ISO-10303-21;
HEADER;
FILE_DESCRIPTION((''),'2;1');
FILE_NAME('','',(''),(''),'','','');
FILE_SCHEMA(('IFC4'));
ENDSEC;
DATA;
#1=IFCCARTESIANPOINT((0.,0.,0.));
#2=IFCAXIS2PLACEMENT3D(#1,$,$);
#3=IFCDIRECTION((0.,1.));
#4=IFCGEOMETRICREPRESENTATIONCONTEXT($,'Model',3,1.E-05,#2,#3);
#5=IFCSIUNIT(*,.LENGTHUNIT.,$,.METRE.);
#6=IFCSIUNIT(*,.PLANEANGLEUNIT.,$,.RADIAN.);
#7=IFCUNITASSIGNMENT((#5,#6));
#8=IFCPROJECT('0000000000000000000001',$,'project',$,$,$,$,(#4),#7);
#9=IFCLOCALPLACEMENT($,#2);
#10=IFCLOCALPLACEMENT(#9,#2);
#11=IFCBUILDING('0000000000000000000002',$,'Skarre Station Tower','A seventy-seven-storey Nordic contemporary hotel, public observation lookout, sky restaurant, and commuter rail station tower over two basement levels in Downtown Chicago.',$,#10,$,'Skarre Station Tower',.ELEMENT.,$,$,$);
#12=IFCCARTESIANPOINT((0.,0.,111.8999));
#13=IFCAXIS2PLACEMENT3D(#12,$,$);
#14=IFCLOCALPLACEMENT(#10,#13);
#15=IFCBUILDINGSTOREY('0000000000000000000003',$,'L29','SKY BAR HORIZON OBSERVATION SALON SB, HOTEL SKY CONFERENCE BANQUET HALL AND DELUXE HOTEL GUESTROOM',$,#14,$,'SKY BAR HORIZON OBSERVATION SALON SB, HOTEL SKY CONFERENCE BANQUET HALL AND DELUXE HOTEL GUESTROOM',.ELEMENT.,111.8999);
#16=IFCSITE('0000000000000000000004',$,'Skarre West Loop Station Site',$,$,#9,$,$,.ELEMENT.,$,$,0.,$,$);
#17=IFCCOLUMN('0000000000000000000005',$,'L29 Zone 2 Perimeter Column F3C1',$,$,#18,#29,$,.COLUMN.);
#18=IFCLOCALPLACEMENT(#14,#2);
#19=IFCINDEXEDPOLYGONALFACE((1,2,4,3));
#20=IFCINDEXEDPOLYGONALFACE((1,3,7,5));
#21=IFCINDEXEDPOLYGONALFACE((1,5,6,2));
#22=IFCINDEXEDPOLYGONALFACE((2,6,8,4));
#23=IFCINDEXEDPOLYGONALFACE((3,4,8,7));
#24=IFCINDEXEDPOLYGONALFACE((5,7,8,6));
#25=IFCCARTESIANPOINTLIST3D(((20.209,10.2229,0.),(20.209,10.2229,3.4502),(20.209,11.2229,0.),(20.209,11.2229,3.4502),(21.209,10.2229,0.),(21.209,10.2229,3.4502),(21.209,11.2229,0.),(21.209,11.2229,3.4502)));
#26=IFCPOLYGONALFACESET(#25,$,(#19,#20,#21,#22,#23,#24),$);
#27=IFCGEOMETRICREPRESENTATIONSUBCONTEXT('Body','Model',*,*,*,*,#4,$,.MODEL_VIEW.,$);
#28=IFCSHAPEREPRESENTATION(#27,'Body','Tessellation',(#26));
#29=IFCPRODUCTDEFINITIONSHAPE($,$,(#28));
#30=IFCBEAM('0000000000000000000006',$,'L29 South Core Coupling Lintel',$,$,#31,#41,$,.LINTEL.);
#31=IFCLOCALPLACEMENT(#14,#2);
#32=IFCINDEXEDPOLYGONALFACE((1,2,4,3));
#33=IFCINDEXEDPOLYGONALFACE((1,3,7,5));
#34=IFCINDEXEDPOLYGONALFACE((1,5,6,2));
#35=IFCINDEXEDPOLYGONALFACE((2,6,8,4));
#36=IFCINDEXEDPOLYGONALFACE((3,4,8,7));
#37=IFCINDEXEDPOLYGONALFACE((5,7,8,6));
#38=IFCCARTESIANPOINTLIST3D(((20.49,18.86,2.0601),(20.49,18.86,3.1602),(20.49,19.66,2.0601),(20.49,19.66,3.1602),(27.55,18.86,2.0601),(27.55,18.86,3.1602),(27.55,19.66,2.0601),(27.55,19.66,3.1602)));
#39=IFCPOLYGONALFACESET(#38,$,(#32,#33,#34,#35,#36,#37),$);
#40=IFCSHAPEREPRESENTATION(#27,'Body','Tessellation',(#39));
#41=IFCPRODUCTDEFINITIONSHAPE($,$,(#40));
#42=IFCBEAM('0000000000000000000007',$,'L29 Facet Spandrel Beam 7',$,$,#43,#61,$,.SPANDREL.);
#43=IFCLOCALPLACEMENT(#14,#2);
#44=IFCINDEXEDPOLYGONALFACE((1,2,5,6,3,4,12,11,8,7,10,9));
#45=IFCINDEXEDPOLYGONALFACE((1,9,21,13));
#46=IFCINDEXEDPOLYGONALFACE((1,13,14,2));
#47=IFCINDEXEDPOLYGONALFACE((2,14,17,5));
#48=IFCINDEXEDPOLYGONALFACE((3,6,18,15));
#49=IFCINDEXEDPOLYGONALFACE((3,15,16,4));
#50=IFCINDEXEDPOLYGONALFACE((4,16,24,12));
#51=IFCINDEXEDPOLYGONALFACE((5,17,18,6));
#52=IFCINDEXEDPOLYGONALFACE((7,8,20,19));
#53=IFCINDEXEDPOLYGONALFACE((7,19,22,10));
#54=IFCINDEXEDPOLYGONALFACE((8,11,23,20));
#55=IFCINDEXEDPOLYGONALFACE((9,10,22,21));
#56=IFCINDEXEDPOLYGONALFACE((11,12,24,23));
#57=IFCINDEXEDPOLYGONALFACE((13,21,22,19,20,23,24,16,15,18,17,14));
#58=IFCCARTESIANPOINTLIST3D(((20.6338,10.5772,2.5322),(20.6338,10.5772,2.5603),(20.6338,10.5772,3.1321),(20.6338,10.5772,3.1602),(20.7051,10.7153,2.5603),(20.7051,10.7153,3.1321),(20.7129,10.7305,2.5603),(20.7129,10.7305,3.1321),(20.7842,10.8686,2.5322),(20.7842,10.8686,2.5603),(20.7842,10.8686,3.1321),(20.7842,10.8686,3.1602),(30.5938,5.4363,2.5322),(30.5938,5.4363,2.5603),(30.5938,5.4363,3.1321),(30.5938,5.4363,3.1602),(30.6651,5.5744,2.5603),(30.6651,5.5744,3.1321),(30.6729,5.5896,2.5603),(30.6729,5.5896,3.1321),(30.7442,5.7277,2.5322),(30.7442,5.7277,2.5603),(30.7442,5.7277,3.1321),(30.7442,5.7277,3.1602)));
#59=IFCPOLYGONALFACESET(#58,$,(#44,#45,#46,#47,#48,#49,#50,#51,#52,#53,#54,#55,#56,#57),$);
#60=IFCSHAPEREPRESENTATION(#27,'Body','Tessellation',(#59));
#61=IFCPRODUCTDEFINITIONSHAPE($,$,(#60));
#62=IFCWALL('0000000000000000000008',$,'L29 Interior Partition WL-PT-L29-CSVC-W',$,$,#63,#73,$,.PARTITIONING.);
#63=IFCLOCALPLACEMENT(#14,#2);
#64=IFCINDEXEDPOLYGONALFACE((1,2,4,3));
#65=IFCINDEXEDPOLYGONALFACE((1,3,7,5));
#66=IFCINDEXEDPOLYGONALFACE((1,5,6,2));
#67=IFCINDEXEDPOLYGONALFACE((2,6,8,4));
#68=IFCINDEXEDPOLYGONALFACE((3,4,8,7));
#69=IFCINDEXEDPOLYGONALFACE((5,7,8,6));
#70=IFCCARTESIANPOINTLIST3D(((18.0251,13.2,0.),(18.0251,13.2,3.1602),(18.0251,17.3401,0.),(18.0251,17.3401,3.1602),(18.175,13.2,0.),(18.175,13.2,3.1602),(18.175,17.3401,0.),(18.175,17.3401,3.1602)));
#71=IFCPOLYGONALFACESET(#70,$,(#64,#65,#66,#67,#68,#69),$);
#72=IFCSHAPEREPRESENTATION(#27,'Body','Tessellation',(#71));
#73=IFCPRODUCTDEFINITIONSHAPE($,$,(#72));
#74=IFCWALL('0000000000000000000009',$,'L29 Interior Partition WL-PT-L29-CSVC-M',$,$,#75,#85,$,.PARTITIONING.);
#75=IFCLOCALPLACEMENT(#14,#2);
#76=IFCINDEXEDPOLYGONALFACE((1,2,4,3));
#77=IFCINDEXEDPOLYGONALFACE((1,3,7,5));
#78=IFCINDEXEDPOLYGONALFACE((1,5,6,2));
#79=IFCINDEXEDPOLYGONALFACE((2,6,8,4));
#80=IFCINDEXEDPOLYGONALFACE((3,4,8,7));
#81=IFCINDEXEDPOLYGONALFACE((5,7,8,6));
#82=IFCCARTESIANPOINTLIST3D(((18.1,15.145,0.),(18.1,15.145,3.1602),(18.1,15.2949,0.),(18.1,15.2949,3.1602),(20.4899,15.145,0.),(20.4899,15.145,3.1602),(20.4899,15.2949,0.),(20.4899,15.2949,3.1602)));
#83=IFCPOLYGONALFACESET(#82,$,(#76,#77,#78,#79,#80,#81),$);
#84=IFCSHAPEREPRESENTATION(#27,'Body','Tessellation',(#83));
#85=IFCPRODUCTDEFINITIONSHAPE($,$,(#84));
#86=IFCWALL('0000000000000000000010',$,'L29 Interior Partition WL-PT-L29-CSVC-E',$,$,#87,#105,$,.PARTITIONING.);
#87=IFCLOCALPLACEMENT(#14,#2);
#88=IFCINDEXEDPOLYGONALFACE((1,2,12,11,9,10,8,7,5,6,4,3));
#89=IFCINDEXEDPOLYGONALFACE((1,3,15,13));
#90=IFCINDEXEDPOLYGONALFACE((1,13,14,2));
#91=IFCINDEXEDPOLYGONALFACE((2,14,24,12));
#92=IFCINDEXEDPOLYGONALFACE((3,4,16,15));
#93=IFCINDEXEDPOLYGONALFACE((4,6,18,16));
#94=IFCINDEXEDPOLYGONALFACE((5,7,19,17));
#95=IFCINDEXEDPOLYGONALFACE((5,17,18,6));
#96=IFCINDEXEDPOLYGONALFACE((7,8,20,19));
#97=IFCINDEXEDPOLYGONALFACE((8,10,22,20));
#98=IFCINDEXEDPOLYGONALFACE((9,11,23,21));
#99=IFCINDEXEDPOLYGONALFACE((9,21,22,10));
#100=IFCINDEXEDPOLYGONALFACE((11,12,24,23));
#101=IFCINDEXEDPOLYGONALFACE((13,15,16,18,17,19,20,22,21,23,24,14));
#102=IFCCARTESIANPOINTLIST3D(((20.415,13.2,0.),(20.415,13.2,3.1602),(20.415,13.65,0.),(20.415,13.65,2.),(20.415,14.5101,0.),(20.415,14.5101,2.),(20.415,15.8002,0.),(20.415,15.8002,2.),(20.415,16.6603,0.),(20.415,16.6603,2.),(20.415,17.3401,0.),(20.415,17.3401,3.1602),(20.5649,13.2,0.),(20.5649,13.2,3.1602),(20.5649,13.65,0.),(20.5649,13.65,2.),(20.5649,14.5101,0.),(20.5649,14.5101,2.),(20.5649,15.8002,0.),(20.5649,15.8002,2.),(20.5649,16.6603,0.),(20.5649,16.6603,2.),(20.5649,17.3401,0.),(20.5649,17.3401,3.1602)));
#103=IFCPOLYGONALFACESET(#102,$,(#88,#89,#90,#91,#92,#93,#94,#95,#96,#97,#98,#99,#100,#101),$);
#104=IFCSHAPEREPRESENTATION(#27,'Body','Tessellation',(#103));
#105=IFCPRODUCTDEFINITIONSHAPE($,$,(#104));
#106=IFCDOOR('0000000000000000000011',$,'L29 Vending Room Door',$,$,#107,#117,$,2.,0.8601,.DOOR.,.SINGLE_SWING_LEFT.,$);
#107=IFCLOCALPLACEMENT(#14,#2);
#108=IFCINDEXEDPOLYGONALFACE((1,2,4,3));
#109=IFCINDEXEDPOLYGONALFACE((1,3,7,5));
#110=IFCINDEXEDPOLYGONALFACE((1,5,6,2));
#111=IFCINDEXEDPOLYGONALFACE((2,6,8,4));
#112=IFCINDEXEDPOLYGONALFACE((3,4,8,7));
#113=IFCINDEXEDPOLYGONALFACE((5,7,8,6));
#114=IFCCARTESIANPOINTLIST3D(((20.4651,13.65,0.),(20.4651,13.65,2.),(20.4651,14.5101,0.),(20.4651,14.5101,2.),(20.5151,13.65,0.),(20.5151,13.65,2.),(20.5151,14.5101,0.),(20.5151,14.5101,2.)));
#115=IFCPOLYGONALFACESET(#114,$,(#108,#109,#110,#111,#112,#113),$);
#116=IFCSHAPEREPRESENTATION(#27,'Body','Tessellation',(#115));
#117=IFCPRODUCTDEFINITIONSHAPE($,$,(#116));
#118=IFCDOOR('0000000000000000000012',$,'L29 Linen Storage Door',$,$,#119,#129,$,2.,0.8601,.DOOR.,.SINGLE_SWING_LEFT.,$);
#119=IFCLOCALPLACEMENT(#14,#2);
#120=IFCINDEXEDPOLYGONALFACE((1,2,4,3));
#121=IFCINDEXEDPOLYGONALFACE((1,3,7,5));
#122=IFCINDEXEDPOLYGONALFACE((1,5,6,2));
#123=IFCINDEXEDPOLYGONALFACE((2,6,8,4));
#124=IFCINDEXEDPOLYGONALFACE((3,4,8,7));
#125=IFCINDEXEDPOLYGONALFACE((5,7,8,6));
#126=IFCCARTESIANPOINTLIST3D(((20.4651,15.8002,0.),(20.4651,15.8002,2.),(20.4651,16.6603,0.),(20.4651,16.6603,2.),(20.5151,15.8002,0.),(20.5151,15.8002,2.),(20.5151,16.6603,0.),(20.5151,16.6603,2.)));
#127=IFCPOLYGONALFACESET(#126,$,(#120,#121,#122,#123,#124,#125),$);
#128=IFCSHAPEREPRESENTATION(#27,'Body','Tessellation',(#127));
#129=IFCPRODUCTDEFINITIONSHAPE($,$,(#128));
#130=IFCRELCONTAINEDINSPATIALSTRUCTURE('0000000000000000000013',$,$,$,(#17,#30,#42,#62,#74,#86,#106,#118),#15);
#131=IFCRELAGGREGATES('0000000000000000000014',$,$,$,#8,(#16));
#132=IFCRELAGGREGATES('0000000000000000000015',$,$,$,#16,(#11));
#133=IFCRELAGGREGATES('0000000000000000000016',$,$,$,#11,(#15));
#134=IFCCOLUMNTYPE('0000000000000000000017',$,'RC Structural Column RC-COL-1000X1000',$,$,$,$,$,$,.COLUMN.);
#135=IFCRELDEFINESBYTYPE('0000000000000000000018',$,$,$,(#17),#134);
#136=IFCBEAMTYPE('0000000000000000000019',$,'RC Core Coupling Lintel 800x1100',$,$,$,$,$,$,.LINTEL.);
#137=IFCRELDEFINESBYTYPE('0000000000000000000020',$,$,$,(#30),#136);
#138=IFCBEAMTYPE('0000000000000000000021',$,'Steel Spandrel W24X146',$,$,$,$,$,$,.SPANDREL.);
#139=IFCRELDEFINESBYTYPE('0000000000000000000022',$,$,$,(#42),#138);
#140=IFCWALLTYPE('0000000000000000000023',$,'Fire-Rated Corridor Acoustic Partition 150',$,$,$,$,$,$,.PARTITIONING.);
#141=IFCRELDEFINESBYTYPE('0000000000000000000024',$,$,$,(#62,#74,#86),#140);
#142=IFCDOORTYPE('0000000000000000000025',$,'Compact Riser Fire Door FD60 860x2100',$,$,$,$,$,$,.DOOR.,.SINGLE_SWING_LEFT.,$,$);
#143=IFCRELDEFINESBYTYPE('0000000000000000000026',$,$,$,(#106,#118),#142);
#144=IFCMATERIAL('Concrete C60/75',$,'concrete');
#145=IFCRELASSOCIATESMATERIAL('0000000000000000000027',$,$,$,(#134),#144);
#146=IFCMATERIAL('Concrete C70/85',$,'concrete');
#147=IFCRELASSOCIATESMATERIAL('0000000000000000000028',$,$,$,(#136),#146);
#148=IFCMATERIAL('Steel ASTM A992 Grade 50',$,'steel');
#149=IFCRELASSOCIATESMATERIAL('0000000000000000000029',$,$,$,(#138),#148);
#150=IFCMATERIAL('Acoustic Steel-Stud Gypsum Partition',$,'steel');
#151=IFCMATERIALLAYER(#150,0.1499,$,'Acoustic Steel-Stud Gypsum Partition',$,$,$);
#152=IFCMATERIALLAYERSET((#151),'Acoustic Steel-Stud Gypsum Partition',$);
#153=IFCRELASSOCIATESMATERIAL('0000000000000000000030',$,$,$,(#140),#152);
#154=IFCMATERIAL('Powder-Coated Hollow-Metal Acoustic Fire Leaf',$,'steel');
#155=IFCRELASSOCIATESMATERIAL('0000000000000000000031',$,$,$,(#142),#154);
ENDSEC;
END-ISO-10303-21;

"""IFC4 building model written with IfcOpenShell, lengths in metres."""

from ifc_helpers import new_model, si_unit, direction, frame, frame_2d, origin, origin_2d, place, context, subcontext, project, spatial, rectangle, i_section, extrude, material, layer, layer_set, material_profile, profile_set, type_object, element, fill, save


model = new_model("IFC4")

# Units and contexts
model_context = context("Model", 3, precision=1e-05, world=origin(), true_north=direction((0.0, 1.0)))
body_context = subcontext(model_context, "Body", "Model", "MODEL_VIEW")
ifc_project = project(units=[si_unit("LENGTHUNIT", "METRE"), si_unit("PLANEANGLEUNIT", "RADIAN")], contexts=[model_context])

# Site, building, storey
site_placement = place(None, origin())
site = spatial("IfcSite", under=ifc_project, at=site_placement, Name="Skarre West Loop Station Site", CompositionType="ELEMENT", RefElevation=0.0)
building_placement = place(site_placement, origin())
building = spatial("IfcBuilding", under=site, at=building_placement, Name="Skarre Station Tower", Description="A seventy-seven-storey Nordic contemporary hotel, public observation lookout, sky restaurant, and commuter rail station tower over two basement levels in Downtown Chicago.", LongName="Skarre Station Tower", CompositionType="ELEMENT")
storey_placement = place(building_placement, frame((0.0, 0.0, 111.8999)))
storey = spatial("IfcBuildingStorey", under=building, at=storey_placement, Name="L29", Description="SKY BAR HORIZON OBSERVATION SALON SB, HOTEL SKY CONFERENCE BANQUET HALL AND DELUXE HOTEL GUESTROOM", LongName="SKY BAR HORIZON OBSERVATION SALON SB, HOTEL SKY CONFERENCE BANQUET HALL AND DELUXE HOTEL GUESTROOM", CompositionType="ELEMENT", Elevation=111.8999)

# Column
ifc_material_1 = material(Name="Concrete C60/75", Category="concrete")
ifc_material_profile_1 = material_profile(ifc_material_1, rectangle(XDim=1.0, YDim=1.0, at=origin_2d()), Name="Concrete C60/75")
ifc_profile_set_1 = profile_set([ifc_material_profile_1], Name="Concrete C60/75")
column_type = type_object("IfcColumnType", Name="RC Structural Column RC-COL-1000X1000", PredefinedType="COLUMN", material=ifc_profile_set_1)
column_placement = place(storey_placement, frame((20.709, 10.7229, 0.0), z_axis=(0.0, 0.0, 1.0), x_axis=(1.0, 0.0, 0.0)))
element("IfcColumn", 1, at=column_placement, inside=storey, type_object=column_type, Name="L29 Zone 2 Perimeter Column F3C1", PredefinedType="COLUMN", context=body_context, shape_type="SweptSolid", body=[
    extrude(rectangle(XDim=1.0, YDim=1.0, at=origin_2d()), origin(), (0.0, 0.0, 1.0), 3.4502),
])

# Beams
ifc_material_2 = material(Name="Concrete C70/85", Category="concrete")
ifc_material_profile_2 = material_profile(ifc_material_2, rectangle(XDim=0.8, YDim=1.1001, at=origin_2d()), Name="Concrete C70/85")
ifc_profile_set_2 = profile_set([ifc_material_profile_2], Name="Concrete C70/85")
beam_type_1 = type_object("IfcBeamType", Name="RC Core Coupling Lintel 800x1100", PredefinedType="LINTEL", material=ifc_profile_set_2)
beam_1_placement = place(storey_placement, frame((20.49, 19.26, 2.6101), z_axis=(1.0, 0.0, 0.0), x_axis=(0.0, 1.0, 0.0)))
element("IfcBeam", 2, at=beam_1_placement, inside=storey, type_object=beam_type_1, Name="L29 South Core Coupling Lintel", PredefinedType="LINTEL", context=body_context, shape_type="SweptSolid", body=[
    extrude(rectangle(XDim=0.8, YDim=1.1001, at=origin_2d()), origin(), (0.0, 0.0, 1.0), 7.0601),
])
ifc_material_3 = material(Name="Steel ASTM A992 Grade 50", Category="steel")
ifc_material_profile_3 = material_profile(ifc_material_3, i_section(OverallWidth=0.3279, OverallDepth=0.6279, WebThickness=0.0171, FlangeThickness=0.0281, at=origin_2d()), Name="Steel ASTM A992 Grade 50")
ifc_profile_set_3 = profile_set([ifc_material_profile_3], Name="Steel ASTM A992 Grade 50")
beam_type_2 = type_object("IfcBeamType", Name="Steel Spandrel W24X146", PredefinedType="SPANDREL", material=ifc_profile_set_3)
beam_2_placement = place(storey_placement, frame((20.709, 10.7229, 2.8462), z_axis=(0.888612, -0.45866, 0.0), x_axis=(0.45866, 0.888612, 0.0)))
element("IfcBeam", 3, at=beam_2_placement, inside=storey, type_object=beam_type_2, Name="L29 Facet Spandrel Beam 7", PredefinedType="SPANDREL", context=body_context, shape_type="SweptSolid", body=[
    extrude(i_section(OverallWidth=0.3279, OverallDepth=0.6279, WebThickness=0.0171, FlangeThickness=0.0281, at=origin_2d()), origin(), (0.0, 0.0, 1.0), 11.2085),
])

# Walls
ifc_material_4 = material(Name="Acoustic Steel-Stud Gypsum Partition", Category="steel")
ifc_layer_1 = layer(ifc_material_4, 0.1499, Name="Acoustic Steel-Stud Gypsum Partition")
ifc_layer_set_1 = layer_set([ifc_layer_1], Name="Acoustic Steel-Stud Gypsum Partition")
wall_type_1 = type_object("IfcWallType", Name="Fire-Rated Corridor Acoustic Partition 150", PredefinedType="PARTITIONING", material=ifc_layer_set_1)
wall_1_placement = place(storey_placement, frame((18.1001, 17.3401, 0.0), z_axis=(0.0, 0.0, 1.0), x_axis=(0.0, -1.0, 0.0)))
element("IfcWall", 4, at=wall_1_placement, inside=storey, type_object=wall_type_1, Name="L29 Interior Partition WL-PT-L29-CSVC-W", PredefinedType="PARTITIONING", context=body_context, shape_type="SweptSolid", body=[
    extrude(rectangle(XDim=4.1401, YDim=0.1499, at=frame_2d((2.0701, 0.0))), origin(), (0.0, 0.0, 1.0), 3.1602),
])
wall_2_placement = place(storey_placement, frame((18.1001, 15.22, 0.0), z_axis=(0.0, 0.0, 1.0), x_axis=(1.0, 0.0, 0.0)))
element("IfcWall", 5, at=wall_2_placement, inside=storey, type_object=wall_type_1, Name="L29 Interior Partition WL-PT-L29-CSVC-M", PredefinedType="PARTITIONING", context=body_context, shape_type="SweptSolid", body=[
    extrude(rectangle(XDim=2.3899, YDim=0.1499, at=frame_2d((1.1948, 0.0))), origin(), (0.0, 0.0, 1.0), 3.1602),
])

# Wall, openings, doors
wall_3_placement = place(storey_placement, frame((20.49, 13.2, 0.0), z_axis=(0.0, 0.0, 1.0), x_axis=(0.0, 1.0, 0.0)))
wall_3 = element("IfcWall", 6, at=wall_3_placement, inside=storey, type_object=wall_type_1, Name="L29 Interior Partition WL-PT-L29-CSVC-E", PredefinedType="PARTITIONING", context=body_context, shape_type="SweptSolid", body=[
    extrude(rectangle(XDim=4.1401, YDim=0.1499, at=frame_2d((2.0701, 0.0))), origin(), (0.0, 0.0, 1.0), 3.1602),
])
opening_1_placement = place(wall_3_placement, frame((0.45, 0.0, 0.0)))
opening_1 = element("IfcOpeningElement", 7, at=opening_1_placement, cuts=wall_3, PredefinedType="OPENING", context=body_context, shape_type="SweptSolid", body=[
    extrude(rectangle(XDim=0.8601, YDim=2.0, at=frame_2d((0.4302, 1.0))), frame((0.0, 0.085, 0.0), z_axis=(0.0, -1.0, 0.0), x_axis=(1.0, 0.0, 0.0)), (0.0, 0.0, 1.0), 0.1699),
])
opening_2_placement = place(wall_3_placement, frame((2.6001, 0.0, 0.0)))
opening_2 = element("IfcOpeningElement", 8, at=opening_2_placement, cuts=wall_3, PredefinedType="OPENING", context=body_context, shape_type="SweptSolid", body=[
    extrude(rectangle(XDim=0.8601, YDim=2.0, at=frame_2d((0.4302, 1.0))), frame((0.0, 0.085, 0.0), z_axis=(0.0, -1.0, 0.0), x_axis=(1.0, 0.0, 0.0)), (0.0, 0.0, 1.0), 0.1699),
])
ifc_material_5 = material(Name="Powder-Coated Hollow-Metal Acoustic Fire Leaf", Category="steel")
door_type_1 = type_object("IfcDoorType", Name="Compact Riser Fire Door FD60 860x2100", OperationType="SINGLE_SWING_LEFT", PredefinedType="DOOR", material=ifc_material_5)
door_1_placement = place(opening_1_placement, origin())
door_1 = element("IfcDoor", 9, at=door_1_placement, inside=storey, type_object=door_type_1, Name="L29 Vending Room Door", OperationType="SINGLE_SWING_LEFT", OverallHeight=2.0, OverallWidth=0.8601, PredefinedType="DOOR", context=body_context, shape_type="SweptSolid", body=[
    extrude(rectangle(XDim=0.8601, YDim=2.0, at=frame_2d((0.4302, 1.0))), frame((0.0, 0.0249, 0.0), z_axis=(0.0, -1.0, 0.0), x_axis=(1.0, 0.0, 0.0)), (0.0, 0.0, 1.0), 0.05),
])
fill(opening_1, door_1)
door_2_placement = place(opening_2_placement, origin())
door_2 = element("IfcDoor", 10, at=door_2_placement, inside=storey, type_object=door_type_1, Name="L29 Linen Storage Door", OperationType="SINGLE_SWING_LEFT", OverallHeight=2.0, OverallWidth=0.8601, PredefinedType="DOOR", context=body_context, shape_type="SweptSolid", body=[
    extrude(rectangle(XDim=0.8601, YDim=2.0, at=frame_2d((0.4302, 1.0))), frame((0.0, 0.0249, 0.0), z_axis=(0.0, -1.0, 0.0), x_axis=(1.0, 0.0, 0.0)), (0.0, 0.0, 1.0), 0.05),
])
fill(opening_2, door_2)

save(model, "model.ifc")
